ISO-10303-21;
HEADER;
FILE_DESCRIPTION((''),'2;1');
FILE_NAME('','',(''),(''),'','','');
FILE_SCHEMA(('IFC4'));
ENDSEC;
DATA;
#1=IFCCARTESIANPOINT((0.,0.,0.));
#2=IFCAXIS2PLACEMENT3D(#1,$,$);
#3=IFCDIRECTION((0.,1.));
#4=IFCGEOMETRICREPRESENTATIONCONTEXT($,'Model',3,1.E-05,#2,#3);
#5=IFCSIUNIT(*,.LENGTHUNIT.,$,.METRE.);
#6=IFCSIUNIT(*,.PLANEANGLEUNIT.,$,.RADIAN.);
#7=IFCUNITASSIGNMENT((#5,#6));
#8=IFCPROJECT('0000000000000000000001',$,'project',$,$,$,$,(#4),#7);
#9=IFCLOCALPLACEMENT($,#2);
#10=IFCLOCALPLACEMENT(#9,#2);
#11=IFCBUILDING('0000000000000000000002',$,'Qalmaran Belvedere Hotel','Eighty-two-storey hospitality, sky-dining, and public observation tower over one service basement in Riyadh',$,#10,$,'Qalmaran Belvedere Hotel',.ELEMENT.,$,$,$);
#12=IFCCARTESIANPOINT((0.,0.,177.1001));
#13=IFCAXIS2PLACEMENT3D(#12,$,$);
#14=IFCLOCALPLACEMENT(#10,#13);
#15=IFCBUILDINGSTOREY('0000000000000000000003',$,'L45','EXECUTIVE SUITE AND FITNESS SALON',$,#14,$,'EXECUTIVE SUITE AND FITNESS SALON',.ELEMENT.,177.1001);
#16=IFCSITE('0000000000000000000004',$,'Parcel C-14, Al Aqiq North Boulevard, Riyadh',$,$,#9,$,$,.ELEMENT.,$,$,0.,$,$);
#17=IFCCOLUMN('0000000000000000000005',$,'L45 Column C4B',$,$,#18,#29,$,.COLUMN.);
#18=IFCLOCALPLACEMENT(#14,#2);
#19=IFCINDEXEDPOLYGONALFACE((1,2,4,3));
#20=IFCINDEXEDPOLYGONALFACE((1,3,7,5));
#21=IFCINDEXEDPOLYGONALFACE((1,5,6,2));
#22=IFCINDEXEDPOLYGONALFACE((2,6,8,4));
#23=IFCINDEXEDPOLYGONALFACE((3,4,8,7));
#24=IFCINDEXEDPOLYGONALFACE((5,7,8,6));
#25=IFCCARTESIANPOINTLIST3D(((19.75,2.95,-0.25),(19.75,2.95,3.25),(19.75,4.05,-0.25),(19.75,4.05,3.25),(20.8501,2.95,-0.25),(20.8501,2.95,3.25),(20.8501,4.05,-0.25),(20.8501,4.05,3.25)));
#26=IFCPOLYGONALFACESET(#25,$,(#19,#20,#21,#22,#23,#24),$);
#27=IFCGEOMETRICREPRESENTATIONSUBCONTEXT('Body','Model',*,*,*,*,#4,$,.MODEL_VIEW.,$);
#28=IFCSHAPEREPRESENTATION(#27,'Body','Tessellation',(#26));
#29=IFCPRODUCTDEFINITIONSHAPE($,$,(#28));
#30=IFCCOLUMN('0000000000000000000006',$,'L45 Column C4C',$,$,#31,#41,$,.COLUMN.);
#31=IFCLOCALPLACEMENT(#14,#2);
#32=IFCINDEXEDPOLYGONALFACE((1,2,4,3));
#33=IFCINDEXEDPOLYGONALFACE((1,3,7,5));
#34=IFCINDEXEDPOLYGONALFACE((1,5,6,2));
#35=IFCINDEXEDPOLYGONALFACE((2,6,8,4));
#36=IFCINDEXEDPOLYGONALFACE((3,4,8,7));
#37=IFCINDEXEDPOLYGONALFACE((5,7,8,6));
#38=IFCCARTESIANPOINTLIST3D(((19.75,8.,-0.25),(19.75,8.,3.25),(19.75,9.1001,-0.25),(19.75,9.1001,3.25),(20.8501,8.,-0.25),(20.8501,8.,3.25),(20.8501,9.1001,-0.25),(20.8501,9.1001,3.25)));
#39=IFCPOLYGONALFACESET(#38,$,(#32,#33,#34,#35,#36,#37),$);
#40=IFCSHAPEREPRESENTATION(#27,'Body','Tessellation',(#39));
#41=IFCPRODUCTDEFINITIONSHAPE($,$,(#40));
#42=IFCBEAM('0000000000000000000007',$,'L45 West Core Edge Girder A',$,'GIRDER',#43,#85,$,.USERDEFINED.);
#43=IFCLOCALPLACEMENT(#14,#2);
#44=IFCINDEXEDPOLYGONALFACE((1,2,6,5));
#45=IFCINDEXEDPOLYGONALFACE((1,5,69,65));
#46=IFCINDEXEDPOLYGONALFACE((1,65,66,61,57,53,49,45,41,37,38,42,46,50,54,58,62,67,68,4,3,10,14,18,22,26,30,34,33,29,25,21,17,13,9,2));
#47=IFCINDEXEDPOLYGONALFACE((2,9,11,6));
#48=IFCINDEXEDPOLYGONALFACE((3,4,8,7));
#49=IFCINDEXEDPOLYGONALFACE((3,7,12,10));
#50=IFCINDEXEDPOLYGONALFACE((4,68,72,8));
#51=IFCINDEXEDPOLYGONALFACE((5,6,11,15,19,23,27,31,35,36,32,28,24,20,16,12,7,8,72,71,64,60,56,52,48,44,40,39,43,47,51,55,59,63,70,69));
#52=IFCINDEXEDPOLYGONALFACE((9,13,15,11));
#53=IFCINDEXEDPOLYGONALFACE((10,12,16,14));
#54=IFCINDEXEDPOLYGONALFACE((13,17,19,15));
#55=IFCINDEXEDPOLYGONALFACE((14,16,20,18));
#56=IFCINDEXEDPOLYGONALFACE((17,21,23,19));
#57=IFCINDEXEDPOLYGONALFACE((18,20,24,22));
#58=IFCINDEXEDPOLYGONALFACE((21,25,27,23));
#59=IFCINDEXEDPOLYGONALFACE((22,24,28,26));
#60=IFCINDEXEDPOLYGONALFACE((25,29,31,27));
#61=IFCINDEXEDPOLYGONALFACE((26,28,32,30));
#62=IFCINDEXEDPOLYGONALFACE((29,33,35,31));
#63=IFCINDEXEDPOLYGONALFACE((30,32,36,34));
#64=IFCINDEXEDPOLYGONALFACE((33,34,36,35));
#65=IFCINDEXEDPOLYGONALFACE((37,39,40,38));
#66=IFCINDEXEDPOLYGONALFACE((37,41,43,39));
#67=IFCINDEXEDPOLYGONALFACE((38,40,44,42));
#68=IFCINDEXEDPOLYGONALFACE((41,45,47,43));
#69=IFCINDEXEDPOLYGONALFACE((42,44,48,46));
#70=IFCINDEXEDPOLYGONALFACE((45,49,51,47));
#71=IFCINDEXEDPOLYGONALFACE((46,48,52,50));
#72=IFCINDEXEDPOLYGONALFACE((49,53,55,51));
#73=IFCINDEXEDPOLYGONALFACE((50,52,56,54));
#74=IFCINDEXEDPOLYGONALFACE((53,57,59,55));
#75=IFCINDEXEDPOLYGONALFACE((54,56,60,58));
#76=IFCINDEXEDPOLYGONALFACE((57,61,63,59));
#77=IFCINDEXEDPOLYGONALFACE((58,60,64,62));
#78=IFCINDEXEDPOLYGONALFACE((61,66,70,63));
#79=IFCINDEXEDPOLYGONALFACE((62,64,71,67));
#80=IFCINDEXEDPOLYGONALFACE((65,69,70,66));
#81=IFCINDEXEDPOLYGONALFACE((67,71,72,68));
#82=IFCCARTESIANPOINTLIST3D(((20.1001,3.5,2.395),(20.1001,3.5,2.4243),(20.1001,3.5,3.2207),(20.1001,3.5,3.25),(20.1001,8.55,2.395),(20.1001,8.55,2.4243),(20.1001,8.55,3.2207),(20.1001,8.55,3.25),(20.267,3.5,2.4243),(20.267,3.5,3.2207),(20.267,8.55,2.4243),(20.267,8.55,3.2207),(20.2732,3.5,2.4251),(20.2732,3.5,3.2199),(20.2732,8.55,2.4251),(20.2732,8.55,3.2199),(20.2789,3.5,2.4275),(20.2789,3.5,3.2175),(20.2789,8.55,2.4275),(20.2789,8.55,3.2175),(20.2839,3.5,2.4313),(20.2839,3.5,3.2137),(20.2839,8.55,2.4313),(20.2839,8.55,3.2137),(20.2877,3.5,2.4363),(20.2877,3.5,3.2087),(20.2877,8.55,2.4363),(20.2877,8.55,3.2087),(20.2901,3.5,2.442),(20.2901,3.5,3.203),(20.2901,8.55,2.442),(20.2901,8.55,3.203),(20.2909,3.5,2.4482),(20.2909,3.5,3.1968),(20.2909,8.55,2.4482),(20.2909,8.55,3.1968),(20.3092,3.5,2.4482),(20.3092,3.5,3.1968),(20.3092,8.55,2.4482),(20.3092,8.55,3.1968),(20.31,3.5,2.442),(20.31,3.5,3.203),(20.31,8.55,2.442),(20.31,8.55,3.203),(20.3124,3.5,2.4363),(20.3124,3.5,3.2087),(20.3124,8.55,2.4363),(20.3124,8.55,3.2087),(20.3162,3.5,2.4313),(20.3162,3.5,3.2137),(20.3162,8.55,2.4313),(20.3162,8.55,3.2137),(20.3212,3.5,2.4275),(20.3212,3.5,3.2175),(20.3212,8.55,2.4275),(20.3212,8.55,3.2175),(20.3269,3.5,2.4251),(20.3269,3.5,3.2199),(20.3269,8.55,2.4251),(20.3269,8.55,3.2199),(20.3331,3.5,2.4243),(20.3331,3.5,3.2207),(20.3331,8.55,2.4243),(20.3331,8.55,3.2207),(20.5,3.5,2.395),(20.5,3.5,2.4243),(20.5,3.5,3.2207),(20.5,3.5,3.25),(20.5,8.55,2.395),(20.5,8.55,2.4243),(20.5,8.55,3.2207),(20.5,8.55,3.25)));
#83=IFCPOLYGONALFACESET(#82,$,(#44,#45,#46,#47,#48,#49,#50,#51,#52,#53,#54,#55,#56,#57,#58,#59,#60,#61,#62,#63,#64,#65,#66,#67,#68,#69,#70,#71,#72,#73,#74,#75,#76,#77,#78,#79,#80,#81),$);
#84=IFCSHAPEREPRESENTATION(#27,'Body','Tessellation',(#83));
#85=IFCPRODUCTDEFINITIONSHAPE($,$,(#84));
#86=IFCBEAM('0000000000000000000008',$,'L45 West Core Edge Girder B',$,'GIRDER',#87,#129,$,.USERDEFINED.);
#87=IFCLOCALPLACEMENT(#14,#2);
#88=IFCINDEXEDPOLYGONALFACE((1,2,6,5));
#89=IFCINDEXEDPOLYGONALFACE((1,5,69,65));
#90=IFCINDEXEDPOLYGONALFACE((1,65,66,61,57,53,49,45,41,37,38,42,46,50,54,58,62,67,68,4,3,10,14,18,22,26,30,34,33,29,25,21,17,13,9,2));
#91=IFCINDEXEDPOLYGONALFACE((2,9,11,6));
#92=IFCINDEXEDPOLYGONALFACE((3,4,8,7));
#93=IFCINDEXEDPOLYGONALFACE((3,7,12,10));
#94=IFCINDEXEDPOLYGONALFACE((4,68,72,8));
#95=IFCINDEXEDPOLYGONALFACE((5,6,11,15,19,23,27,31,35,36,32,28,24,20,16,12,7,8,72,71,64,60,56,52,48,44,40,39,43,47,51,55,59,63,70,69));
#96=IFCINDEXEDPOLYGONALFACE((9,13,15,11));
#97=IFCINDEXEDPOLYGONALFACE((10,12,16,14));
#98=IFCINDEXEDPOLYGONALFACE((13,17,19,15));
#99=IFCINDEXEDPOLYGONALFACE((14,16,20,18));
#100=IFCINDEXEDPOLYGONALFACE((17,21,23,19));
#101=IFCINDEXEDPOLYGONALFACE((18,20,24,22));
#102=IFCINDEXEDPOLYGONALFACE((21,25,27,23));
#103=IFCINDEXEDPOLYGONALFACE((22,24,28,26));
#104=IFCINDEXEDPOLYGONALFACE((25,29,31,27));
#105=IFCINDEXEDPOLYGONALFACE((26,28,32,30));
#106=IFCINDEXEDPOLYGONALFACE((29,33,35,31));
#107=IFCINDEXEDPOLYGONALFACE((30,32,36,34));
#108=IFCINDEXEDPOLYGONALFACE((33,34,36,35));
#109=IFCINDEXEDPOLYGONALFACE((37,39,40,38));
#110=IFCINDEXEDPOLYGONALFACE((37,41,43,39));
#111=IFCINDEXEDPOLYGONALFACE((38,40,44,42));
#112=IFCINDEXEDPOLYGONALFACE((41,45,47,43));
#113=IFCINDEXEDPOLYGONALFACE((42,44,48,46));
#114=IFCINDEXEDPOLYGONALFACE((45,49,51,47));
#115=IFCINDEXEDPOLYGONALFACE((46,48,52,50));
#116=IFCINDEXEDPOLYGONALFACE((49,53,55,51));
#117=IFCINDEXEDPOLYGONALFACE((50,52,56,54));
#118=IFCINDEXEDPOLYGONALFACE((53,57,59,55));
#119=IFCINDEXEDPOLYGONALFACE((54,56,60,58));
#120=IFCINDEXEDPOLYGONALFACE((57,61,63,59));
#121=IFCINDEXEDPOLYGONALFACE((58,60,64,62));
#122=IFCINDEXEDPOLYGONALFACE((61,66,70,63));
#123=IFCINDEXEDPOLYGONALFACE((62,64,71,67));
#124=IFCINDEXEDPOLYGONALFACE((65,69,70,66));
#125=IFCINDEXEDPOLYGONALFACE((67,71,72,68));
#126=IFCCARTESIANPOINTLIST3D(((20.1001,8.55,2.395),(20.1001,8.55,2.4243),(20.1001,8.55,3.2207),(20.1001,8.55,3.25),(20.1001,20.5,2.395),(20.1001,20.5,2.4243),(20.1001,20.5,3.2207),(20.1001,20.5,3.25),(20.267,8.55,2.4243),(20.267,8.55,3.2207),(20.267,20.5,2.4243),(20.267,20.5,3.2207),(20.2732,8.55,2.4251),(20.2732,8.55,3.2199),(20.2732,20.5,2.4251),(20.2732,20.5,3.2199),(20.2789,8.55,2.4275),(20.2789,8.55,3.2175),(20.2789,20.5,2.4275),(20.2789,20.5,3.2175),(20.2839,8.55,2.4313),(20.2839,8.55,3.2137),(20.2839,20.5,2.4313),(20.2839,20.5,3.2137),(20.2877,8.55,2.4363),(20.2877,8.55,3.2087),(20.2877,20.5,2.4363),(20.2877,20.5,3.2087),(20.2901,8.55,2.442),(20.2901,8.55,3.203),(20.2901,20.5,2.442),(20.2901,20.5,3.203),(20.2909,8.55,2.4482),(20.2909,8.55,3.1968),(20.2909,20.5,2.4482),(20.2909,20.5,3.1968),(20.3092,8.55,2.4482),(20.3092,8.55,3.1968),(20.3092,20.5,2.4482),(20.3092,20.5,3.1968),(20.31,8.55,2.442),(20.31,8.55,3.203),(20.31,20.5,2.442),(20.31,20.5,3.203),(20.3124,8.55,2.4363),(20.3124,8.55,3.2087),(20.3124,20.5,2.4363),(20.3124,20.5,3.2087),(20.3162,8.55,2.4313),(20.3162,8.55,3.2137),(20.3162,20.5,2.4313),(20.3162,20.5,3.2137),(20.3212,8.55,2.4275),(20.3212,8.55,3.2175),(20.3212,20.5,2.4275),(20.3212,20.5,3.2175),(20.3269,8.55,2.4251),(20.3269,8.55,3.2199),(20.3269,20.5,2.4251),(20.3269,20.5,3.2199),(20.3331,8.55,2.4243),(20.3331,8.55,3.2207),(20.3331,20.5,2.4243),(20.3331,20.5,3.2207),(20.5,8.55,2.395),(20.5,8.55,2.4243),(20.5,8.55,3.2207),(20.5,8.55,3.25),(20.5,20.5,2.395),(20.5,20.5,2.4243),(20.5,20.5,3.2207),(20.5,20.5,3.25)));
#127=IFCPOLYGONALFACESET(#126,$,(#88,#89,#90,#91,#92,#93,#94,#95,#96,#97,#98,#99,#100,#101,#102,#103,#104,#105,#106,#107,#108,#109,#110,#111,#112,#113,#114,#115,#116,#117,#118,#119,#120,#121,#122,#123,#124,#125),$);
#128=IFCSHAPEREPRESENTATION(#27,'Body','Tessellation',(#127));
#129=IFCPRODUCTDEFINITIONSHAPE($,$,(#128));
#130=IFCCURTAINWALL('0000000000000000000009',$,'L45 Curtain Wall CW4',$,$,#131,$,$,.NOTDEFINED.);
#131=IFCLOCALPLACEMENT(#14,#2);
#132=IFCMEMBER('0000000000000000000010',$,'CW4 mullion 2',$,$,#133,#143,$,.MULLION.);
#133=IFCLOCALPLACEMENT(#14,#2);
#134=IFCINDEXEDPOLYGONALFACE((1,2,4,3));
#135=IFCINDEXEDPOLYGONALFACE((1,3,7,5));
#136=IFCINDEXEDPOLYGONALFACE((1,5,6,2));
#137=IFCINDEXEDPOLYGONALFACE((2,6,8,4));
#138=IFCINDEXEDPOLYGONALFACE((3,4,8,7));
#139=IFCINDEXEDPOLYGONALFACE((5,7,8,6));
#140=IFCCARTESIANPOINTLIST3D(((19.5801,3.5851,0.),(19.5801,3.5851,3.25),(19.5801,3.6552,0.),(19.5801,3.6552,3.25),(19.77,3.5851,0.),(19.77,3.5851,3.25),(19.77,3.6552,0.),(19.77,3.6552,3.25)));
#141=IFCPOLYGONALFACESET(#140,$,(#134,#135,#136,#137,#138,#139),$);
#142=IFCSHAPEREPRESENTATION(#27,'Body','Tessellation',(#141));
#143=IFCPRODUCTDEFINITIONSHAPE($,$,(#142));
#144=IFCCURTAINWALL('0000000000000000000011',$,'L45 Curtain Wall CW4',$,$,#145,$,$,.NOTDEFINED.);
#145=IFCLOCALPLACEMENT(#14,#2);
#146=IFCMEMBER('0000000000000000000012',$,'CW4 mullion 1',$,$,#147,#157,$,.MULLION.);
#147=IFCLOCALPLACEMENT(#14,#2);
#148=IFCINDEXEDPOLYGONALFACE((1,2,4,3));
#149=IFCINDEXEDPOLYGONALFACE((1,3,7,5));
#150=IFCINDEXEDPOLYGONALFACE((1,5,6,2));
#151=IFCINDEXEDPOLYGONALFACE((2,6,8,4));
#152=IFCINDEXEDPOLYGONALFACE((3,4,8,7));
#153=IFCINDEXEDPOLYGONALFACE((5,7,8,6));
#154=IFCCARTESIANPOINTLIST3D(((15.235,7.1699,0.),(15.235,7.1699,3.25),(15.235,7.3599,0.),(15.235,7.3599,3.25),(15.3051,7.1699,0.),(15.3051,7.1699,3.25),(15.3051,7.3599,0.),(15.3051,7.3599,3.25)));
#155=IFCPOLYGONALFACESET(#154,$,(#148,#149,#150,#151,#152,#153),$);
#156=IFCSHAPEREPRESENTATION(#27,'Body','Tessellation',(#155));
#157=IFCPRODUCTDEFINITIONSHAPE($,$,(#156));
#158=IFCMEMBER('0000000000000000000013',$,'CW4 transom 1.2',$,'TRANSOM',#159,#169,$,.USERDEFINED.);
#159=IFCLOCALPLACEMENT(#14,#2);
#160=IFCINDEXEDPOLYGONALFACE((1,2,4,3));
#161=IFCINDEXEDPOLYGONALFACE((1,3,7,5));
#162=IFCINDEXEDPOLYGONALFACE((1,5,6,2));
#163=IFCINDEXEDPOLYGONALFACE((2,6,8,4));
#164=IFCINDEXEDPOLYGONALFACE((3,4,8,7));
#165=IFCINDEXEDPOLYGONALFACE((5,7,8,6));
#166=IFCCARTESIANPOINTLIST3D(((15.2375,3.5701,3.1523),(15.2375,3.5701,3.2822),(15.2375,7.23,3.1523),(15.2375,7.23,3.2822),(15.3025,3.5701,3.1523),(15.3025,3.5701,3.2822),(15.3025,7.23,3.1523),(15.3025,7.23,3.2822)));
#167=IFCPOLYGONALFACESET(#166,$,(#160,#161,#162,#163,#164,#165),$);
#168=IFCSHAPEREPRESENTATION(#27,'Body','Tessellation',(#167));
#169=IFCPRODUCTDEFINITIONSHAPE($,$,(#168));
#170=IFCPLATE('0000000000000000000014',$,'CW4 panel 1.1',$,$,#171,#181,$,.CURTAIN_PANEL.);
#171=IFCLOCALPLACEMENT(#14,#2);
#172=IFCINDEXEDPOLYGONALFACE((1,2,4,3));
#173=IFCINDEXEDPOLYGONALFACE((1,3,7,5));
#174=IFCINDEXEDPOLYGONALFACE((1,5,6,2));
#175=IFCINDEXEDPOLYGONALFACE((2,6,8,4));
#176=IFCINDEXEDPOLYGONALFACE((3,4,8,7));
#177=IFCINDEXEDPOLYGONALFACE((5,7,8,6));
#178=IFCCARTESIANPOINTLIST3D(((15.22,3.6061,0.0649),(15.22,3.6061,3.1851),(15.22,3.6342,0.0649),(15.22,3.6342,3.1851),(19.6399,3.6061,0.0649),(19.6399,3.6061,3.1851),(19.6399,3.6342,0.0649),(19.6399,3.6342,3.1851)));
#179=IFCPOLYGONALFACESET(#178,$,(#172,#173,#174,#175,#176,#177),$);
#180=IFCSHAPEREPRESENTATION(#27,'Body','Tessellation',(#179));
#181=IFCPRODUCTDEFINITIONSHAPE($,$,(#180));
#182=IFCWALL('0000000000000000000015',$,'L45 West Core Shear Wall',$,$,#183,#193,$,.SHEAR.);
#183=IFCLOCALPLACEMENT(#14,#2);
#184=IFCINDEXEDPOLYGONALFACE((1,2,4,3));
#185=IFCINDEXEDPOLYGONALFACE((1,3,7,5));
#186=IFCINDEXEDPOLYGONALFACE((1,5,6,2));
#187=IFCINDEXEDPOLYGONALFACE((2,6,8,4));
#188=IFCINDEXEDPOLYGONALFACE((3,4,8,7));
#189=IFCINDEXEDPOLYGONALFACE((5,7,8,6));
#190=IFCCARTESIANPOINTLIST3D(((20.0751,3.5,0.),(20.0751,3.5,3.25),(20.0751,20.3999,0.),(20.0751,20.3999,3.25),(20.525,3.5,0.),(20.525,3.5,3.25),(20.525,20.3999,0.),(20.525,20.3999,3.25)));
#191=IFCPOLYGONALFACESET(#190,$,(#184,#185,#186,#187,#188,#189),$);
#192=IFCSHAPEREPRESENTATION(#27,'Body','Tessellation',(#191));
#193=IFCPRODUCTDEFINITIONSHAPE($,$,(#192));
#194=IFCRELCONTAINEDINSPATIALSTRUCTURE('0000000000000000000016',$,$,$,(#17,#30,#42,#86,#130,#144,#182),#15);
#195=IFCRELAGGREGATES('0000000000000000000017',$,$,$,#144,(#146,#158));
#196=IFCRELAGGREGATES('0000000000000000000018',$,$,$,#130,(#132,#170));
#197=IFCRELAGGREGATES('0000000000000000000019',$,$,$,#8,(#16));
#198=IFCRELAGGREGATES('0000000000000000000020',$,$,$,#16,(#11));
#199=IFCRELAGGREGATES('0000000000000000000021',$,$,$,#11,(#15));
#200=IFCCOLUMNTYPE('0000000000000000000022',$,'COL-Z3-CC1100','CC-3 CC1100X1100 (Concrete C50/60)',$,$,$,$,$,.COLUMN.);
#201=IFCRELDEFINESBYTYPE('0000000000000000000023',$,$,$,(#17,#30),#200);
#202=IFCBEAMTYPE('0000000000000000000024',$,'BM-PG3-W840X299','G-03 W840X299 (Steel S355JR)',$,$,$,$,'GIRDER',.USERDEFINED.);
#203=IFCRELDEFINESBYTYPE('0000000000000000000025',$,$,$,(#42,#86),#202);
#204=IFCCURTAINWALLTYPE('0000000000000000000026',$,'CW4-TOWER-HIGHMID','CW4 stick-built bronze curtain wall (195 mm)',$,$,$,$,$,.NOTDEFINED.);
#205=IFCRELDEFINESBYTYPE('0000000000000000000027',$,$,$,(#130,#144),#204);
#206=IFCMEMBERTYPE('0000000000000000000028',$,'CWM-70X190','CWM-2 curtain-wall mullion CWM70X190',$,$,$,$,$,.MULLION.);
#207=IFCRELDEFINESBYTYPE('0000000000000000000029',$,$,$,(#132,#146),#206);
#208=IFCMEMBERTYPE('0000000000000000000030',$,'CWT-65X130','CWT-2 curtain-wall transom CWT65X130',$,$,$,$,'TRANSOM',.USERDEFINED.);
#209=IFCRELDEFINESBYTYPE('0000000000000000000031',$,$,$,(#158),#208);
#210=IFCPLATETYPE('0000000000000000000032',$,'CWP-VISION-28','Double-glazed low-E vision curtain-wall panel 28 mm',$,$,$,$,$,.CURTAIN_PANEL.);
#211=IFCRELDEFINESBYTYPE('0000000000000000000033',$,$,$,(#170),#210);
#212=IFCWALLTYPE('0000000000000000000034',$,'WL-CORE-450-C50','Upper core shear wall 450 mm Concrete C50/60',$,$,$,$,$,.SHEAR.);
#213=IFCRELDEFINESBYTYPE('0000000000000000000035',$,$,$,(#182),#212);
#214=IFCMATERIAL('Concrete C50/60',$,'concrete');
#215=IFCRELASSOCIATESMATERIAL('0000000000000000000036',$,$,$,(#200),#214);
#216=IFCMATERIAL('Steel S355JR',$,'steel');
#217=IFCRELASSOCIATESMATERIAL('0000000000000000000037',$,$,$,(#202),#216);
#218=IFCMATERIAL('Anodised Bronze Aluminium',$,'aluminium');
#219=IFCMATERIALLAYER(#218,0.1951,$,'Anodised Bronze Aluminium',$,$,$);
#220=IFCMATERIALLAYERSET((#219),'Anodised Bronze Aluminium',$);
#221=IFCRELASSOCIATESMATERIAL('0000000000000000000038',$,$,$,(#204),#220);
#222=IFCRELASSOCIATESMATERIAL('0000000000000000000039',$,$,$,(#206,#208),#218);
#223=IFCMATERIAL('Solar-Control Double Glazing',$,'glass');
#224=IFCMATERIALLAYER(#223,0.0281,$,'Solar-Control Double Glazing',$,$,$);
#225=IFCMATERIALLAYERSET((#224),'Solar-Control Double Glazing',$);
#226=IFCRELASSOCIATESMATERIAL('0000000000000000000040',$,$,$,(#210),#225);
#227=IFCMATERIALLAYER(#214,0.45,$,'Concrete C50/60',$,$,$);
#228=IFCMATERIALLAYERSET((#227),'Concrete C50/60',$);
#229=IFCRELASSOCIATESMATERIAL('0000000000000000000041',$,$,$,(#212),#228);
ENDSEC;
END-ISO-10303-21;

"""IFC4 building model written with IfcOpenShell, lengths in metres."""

from ifc_helpers import new_model, si_unit, direction, frame, frame_2d, origin, origin_2d, place, context, subcontext, project, spatial, rectangle, i_section, extrude, material, layer, layer_set, material_profile, profile_set, type_object, element, aggregate, save


model = new_model("IFC4")

# Units and contexts
model_context = context("Model", 3, precision=1e-05, world=origin(), true_north=direction((0.0, 1.0)))
body_context = subcontext(model_context, "Body", "Model", "MODEL_VIEW")
ifc_project = project(units=[si_unit("LENGTHUNIT", "METRE"), si_unit("PLANEANGLEUNIT", "RADIAN")], contexts=[model_context])

# Site, building, storey
site_placement = place(None, origin())
site = spatial("IfcSite", under=ifc_project, at=site_placement, Name="Parcel C-14, Al Aqiq North Boulevard, Riyadh", CompositionType="ELEMENT", RefElevation=0.0)
building_placement = place(site_placement, origin())
building = spatial("IfcBuilding", under=site, at=building_placement, Name="Qalmaran Belvedere Hotel", Description="Eighty-two-storey hospitality, sky-dining, and public observation tower over one service basement in Riyadh", LongName="Qalmaran Belvedere Hotel", CompositionType="ELEMENT")
storey_placement = place(building_placement, frame((0.0, 0.0, 177.1001)))
storey = spatial("IfcBuildingStorey", under=building, at=storey_placement, Name="L45", Description="EXECUTIVE SUITE AND FITNESS SALON", LongName="EXECUTIVE SUITE AND FITNESS SALON", CompositionType="ELEMENT", Elevation=177.1001)

# Columns
ifc_material_1 = material(Name="Concrete C50/60", Category="concrete")
ifc_material_profile_1 = material_profile(ifc_material_1, rectangle(XDim=1.1001, YDim=1.1001, at=origin_2d()), Name="CC1100X1100")
ifc_profile_set_1 = profile_set([ifc_material_profile_1], Name="Concrete C50/60")
column_type = type_object("IfcColumnType", Name="COL-Z3-CC1100", Description="CC-3 CC1100X1100 (Concrete C50/60)", PredefinedType="COLUMN", material=ifc_profile_set_1)
for number, where, z_axis, x_axis, name in (
    (1, (20.3, 3.5, -0.25), (0.0, 0.0, 1.0), (1.0, 0.0, 0.0), "L45 Column C4B"),
    (2, (20.3, 8.55, -0.25), (0.0, 0.0, 1.0), (1.0, 0.0, 0.0), "L45 Column C4C"),
):
    element("IfcColumn", number, at=place(storey_placement, frame(where, z_axis=z_axis, x_axis=x_axis)), inside=storey, type_object=column_type, Name=name, PredefinedType="COLUMN", context=body_context, shape_type="SweptSolid", body=[
        extrude(rectangle(XDim=1.1001, YDim=1.1001, at=origin_2d()), origin(), (0.0, 0.0, 1.0), 3.5),
    ])

# Beams
ifc_material_2 = material(Name="Steel S355JR", Category="steel")
ifc_material_profile_2 = material_profile(ifc_material_2, i_section(OverallWidth=0.3999, OverallDepth=0.855, WebThickness=0.0183, FlangeThickness=0.0293, FilletRadius=0.0239, at=origin_2d()), Name="W840X299")
ifc_profile_set_2 = profile_set([ifc_material_profile_2], Name="Steel S355JR")
beam_type = type_object("IfcBeamType", Name="BM-PG3-W840X299", Description="G-03 W840X299 (Steel S355JR)", ElementType="GIRDER", PredefinedType="USERDEFINED", material=ifc_profile_set_2)
beam_1_placement = place(storey_placement, frame((20.3, 3.5, 2.8225), z_axis=(0.0, 1.0, 0.0), x_axis=(-1.0, 0.0, 0.0)))
element("IfcBeam", 3, at=beam_1_placement, inside=storey, type_object=beam_type, Name="L45 West Core Edge Girder A", ObjectType="GIRDER", PredefinedType="USERDEFINED", context=body_context, shape_type="SweptSolid", body=[
    extrude(i_section(OverallWidth=0.3999, OverallDepth=0.855, WebThickness=0.0183, FlangeThickness=0.0293, FilletRadius=0.0239, at=origin_2d()), origin(), (0.0, 0.0, 1.0), 5.05),
])
beam_2_placement = place(storey_placement, frame((20.3, 8.55, 2.8225), z_axis=(0.0, 1.0, 0.0), x_axis=(-1.0, 0.0, 0.0)))
element("IfcBeam", 4, at=beam_2_placement, inside=storey, type_object=beam_type, Name="L45 West Core Edge Girder B", ObjectType="GIRDER", PredefinedType="USERDEFINED", context=body_context, shape_type="SweptSolid", body=[
    extrude(i_section(OverallWidth=0.3999, OverallDepth=0.855, WebThickness=0.0183, FlangeThickness=0.0293, FilletRadius=0.0239, at=origin_2d()), origin(), (0.0, 0.0, 1.0), 11.95),
])

# Curtain wall, member
ifc_material_3 = material(Name="Anodised Bronze Aluminium", Category="aluminium")
ifc_layer_1 = layer(ifc_material_3, 0.1951, Name="Anodised Bronze Aluminium")
ifc_layer_set_1 = layer_set([ifc_layer_1], Name="Anodised Bronze Aluminium")
curtain_wall_type = type_object("IfcCurtainWallType", Name="CW4-TOWER-HIGHMID", Description="CW4 stick-built bronze curtain wall (195 mm)", PredefinedType="NOTDEFINED", material=ifc_layer_set_1)
curtain_wall_1_placement = place(storey_placement, origin())
curtain_wall_1 = element("IfcCurtainWall", 5, at=curtain_wall_1_placement, inside=storey, type_object=curtain_wall_type, Name="L45 Curtain Wall CW4", PredefinedType="NOTDEFINED")
ifc_material_profile_3 = material_profile(ifc_material_3, rectangle(XDim=0.0701, YDim=0.1899, at=origin_2d()), Name="CWM70X190")
ifc_profile_set_3 = profile_set([ifc_material_profile_3], Name="Anodised Bronze Aluminium")
member_type_1 = type_object("IfcMemberType", Name="CWM-70X190", Description="CWM-2 curtain-wall mullion CWM70X190", PredefinedType="MULLION", material=ifc_profile_set_3)
member_1_placement = place(storey_placement, frame((19.675, 3.6201, 0.0), z_axis=(0.0, 0.0, 1.0), x_axis=(0.0, 1.0, 0.0)))
member_1 = element("IfcMember", 6, at=member_1_placement, type_object=member_type_1, Name="CW4 mullion 2", PredefinedType="MULLION", context=body_context, shape_type="SweptSolid", body=[
    extrude(rectangle(XDim=0.0701, YDim=0.1899, at=origin_2d()), origin(), (0.0, 0.0, 1.0), 3.25),
])

# Curtain wall, members
curtain_wall_2_placement = place(storey_placement, origin())
curtain_wall_2 = element("IfcCurtainWall", 7, at=curtain_wall_2_placement, inside=storey, type_object=curtain_wall_type, Name="L45 Curtain Wall CW4", PredefinedType="NOTDEFINED")
member_2_placement = place(storey_placement, frame((15.27, 7.2649, 0.0), z_axis=(0.0, 0.0, 1.0), x_axis=(1.0, 0.0, 0.0)))
member_2 = element("IfcMember", 8, at=member_2_placement, type_object=member_type_1, Name="CW4 mullion 1", PredefinedType="MULLION", context=body_context, shape_type="SweptSolid", body=[
    extrude(rectangle(XDim=0.0701, YDim=0.1899, at=origin_2d()), origin(), (0.0, 0.0, 1.0), 3.25),
])
ifc_material_profile_4 = material_profile(ifc_material_3, rectangle(XDim=0.0649, YDim=0.1299, at=origin_2d()), Name="CWT65X130")
ifc_profile_set_4 = profile_set([ifc_material_profile_4], Name="Anodised Bronze Aluminium")
member_type_2 = type_object("IfcMemberType", Name="CWT-65X130", Description="CWT-2 curtain-wall transom CWT65X130", ElementType="TRANSOM", PredefinedType="USERDEFINED", material=ifc_profile_set_4)
member_3_placement = place(storey_placement, frame((15.27, 7.23, 3.2173), z_axis=(0.0, -1.0, 0.0), x_axis=(1.0, 0.0, 0.0)))
member_3 = element("IfcMember", 9, at=member_3_placement, type_object=member_type_2, Name="CW4 transom 1.2", ObjectType="TRANSOM", PredefinedType="USERDEFINED", context=body_context, shape_type="SweptSolid", body=[
    extrude(rectangle(XDim=0.0649, YDim=0.1299, at=origin_2d()), origin(), (0.0, 0.0, 1.0), 3.6599),
])
aggregate(curtain_wall_2, [member_2, member_3])

# Plate
ifc_material_4 = material(Name="Solar-Control Double Glazing", Category="glass")
ifc_layer_2 = layer(ifc_material_4, 0.0281, Name="Solar-Control Double Glazing")
ifc_layer_set_2 = layer_set([ifc_layer_2], Name="Solar-Control Double Glazing")
plate_type = type_object("IfcPlateType", Name="CWP-VISION-28", Description="Double-glazed low-E vision curtain-wall panel 28 mm", PredefinedType="CURTAIN_PANEL", material=ifc_layer_set_2)
plate_placement = place(storey_placement, frame((17.4299, 3.6201, 0.0649), z_axis=(0.0, 0.0, 1.0), x_axis=(1.0, 0.0, 0.0)))
plate = element("IfcPlate", 10, at=plate_placement, type_object=plate_type, Name="CW4 panel 1.1", PredefinedType="CURTAIN_PANEL", context=body_context, shape_type="SweptSolid", body=[
    extrude(rectangle(XDim=4.4199, YDim=0.0281, at=origin_2d()), origin(), (0.0, 0.0, 1.0), 3.1201),
])
aggregate(curtain_wall_1, [member_1, plate])

# Wall
ifc_layer_3 = layer(ifc_material_1, 0.45, Name="Concrete C50/60")
ifc_layer_set_3 = layer_set([ifc_layer_3], Name="Concrete C50/60")
wall_type_1 = type_object("IfcWallType", Name="WL-CORE-450-C50", Description="Upper core shear wall 450 mm Concrete C50/60", PredefinedType="SHEAR", material=ifc_layer_set_3)
wall_1_placement = place(storey_placement, frame((20.3, 3.5, 0.0), z_axis=(0.0, 0.0, 1.0), x_axis=(0.0, 1.0, 0.0)))
element("IfcWall", 11, at=wall_1_placement, inside=storey, type_object=wall_type_1, Name="L45 West Core Shear Wall", PredefinedType="SHEAR", context=body_context, shape_type="SweptSolid", body=[
    extrude(rectangle(XDim=16.8999, YDim=0.45, at=frame_2d((8.45, 0.0))), origin(), (0.0, 0.0, 1.0), 3.25),
])

save(model, "model.ifc")
